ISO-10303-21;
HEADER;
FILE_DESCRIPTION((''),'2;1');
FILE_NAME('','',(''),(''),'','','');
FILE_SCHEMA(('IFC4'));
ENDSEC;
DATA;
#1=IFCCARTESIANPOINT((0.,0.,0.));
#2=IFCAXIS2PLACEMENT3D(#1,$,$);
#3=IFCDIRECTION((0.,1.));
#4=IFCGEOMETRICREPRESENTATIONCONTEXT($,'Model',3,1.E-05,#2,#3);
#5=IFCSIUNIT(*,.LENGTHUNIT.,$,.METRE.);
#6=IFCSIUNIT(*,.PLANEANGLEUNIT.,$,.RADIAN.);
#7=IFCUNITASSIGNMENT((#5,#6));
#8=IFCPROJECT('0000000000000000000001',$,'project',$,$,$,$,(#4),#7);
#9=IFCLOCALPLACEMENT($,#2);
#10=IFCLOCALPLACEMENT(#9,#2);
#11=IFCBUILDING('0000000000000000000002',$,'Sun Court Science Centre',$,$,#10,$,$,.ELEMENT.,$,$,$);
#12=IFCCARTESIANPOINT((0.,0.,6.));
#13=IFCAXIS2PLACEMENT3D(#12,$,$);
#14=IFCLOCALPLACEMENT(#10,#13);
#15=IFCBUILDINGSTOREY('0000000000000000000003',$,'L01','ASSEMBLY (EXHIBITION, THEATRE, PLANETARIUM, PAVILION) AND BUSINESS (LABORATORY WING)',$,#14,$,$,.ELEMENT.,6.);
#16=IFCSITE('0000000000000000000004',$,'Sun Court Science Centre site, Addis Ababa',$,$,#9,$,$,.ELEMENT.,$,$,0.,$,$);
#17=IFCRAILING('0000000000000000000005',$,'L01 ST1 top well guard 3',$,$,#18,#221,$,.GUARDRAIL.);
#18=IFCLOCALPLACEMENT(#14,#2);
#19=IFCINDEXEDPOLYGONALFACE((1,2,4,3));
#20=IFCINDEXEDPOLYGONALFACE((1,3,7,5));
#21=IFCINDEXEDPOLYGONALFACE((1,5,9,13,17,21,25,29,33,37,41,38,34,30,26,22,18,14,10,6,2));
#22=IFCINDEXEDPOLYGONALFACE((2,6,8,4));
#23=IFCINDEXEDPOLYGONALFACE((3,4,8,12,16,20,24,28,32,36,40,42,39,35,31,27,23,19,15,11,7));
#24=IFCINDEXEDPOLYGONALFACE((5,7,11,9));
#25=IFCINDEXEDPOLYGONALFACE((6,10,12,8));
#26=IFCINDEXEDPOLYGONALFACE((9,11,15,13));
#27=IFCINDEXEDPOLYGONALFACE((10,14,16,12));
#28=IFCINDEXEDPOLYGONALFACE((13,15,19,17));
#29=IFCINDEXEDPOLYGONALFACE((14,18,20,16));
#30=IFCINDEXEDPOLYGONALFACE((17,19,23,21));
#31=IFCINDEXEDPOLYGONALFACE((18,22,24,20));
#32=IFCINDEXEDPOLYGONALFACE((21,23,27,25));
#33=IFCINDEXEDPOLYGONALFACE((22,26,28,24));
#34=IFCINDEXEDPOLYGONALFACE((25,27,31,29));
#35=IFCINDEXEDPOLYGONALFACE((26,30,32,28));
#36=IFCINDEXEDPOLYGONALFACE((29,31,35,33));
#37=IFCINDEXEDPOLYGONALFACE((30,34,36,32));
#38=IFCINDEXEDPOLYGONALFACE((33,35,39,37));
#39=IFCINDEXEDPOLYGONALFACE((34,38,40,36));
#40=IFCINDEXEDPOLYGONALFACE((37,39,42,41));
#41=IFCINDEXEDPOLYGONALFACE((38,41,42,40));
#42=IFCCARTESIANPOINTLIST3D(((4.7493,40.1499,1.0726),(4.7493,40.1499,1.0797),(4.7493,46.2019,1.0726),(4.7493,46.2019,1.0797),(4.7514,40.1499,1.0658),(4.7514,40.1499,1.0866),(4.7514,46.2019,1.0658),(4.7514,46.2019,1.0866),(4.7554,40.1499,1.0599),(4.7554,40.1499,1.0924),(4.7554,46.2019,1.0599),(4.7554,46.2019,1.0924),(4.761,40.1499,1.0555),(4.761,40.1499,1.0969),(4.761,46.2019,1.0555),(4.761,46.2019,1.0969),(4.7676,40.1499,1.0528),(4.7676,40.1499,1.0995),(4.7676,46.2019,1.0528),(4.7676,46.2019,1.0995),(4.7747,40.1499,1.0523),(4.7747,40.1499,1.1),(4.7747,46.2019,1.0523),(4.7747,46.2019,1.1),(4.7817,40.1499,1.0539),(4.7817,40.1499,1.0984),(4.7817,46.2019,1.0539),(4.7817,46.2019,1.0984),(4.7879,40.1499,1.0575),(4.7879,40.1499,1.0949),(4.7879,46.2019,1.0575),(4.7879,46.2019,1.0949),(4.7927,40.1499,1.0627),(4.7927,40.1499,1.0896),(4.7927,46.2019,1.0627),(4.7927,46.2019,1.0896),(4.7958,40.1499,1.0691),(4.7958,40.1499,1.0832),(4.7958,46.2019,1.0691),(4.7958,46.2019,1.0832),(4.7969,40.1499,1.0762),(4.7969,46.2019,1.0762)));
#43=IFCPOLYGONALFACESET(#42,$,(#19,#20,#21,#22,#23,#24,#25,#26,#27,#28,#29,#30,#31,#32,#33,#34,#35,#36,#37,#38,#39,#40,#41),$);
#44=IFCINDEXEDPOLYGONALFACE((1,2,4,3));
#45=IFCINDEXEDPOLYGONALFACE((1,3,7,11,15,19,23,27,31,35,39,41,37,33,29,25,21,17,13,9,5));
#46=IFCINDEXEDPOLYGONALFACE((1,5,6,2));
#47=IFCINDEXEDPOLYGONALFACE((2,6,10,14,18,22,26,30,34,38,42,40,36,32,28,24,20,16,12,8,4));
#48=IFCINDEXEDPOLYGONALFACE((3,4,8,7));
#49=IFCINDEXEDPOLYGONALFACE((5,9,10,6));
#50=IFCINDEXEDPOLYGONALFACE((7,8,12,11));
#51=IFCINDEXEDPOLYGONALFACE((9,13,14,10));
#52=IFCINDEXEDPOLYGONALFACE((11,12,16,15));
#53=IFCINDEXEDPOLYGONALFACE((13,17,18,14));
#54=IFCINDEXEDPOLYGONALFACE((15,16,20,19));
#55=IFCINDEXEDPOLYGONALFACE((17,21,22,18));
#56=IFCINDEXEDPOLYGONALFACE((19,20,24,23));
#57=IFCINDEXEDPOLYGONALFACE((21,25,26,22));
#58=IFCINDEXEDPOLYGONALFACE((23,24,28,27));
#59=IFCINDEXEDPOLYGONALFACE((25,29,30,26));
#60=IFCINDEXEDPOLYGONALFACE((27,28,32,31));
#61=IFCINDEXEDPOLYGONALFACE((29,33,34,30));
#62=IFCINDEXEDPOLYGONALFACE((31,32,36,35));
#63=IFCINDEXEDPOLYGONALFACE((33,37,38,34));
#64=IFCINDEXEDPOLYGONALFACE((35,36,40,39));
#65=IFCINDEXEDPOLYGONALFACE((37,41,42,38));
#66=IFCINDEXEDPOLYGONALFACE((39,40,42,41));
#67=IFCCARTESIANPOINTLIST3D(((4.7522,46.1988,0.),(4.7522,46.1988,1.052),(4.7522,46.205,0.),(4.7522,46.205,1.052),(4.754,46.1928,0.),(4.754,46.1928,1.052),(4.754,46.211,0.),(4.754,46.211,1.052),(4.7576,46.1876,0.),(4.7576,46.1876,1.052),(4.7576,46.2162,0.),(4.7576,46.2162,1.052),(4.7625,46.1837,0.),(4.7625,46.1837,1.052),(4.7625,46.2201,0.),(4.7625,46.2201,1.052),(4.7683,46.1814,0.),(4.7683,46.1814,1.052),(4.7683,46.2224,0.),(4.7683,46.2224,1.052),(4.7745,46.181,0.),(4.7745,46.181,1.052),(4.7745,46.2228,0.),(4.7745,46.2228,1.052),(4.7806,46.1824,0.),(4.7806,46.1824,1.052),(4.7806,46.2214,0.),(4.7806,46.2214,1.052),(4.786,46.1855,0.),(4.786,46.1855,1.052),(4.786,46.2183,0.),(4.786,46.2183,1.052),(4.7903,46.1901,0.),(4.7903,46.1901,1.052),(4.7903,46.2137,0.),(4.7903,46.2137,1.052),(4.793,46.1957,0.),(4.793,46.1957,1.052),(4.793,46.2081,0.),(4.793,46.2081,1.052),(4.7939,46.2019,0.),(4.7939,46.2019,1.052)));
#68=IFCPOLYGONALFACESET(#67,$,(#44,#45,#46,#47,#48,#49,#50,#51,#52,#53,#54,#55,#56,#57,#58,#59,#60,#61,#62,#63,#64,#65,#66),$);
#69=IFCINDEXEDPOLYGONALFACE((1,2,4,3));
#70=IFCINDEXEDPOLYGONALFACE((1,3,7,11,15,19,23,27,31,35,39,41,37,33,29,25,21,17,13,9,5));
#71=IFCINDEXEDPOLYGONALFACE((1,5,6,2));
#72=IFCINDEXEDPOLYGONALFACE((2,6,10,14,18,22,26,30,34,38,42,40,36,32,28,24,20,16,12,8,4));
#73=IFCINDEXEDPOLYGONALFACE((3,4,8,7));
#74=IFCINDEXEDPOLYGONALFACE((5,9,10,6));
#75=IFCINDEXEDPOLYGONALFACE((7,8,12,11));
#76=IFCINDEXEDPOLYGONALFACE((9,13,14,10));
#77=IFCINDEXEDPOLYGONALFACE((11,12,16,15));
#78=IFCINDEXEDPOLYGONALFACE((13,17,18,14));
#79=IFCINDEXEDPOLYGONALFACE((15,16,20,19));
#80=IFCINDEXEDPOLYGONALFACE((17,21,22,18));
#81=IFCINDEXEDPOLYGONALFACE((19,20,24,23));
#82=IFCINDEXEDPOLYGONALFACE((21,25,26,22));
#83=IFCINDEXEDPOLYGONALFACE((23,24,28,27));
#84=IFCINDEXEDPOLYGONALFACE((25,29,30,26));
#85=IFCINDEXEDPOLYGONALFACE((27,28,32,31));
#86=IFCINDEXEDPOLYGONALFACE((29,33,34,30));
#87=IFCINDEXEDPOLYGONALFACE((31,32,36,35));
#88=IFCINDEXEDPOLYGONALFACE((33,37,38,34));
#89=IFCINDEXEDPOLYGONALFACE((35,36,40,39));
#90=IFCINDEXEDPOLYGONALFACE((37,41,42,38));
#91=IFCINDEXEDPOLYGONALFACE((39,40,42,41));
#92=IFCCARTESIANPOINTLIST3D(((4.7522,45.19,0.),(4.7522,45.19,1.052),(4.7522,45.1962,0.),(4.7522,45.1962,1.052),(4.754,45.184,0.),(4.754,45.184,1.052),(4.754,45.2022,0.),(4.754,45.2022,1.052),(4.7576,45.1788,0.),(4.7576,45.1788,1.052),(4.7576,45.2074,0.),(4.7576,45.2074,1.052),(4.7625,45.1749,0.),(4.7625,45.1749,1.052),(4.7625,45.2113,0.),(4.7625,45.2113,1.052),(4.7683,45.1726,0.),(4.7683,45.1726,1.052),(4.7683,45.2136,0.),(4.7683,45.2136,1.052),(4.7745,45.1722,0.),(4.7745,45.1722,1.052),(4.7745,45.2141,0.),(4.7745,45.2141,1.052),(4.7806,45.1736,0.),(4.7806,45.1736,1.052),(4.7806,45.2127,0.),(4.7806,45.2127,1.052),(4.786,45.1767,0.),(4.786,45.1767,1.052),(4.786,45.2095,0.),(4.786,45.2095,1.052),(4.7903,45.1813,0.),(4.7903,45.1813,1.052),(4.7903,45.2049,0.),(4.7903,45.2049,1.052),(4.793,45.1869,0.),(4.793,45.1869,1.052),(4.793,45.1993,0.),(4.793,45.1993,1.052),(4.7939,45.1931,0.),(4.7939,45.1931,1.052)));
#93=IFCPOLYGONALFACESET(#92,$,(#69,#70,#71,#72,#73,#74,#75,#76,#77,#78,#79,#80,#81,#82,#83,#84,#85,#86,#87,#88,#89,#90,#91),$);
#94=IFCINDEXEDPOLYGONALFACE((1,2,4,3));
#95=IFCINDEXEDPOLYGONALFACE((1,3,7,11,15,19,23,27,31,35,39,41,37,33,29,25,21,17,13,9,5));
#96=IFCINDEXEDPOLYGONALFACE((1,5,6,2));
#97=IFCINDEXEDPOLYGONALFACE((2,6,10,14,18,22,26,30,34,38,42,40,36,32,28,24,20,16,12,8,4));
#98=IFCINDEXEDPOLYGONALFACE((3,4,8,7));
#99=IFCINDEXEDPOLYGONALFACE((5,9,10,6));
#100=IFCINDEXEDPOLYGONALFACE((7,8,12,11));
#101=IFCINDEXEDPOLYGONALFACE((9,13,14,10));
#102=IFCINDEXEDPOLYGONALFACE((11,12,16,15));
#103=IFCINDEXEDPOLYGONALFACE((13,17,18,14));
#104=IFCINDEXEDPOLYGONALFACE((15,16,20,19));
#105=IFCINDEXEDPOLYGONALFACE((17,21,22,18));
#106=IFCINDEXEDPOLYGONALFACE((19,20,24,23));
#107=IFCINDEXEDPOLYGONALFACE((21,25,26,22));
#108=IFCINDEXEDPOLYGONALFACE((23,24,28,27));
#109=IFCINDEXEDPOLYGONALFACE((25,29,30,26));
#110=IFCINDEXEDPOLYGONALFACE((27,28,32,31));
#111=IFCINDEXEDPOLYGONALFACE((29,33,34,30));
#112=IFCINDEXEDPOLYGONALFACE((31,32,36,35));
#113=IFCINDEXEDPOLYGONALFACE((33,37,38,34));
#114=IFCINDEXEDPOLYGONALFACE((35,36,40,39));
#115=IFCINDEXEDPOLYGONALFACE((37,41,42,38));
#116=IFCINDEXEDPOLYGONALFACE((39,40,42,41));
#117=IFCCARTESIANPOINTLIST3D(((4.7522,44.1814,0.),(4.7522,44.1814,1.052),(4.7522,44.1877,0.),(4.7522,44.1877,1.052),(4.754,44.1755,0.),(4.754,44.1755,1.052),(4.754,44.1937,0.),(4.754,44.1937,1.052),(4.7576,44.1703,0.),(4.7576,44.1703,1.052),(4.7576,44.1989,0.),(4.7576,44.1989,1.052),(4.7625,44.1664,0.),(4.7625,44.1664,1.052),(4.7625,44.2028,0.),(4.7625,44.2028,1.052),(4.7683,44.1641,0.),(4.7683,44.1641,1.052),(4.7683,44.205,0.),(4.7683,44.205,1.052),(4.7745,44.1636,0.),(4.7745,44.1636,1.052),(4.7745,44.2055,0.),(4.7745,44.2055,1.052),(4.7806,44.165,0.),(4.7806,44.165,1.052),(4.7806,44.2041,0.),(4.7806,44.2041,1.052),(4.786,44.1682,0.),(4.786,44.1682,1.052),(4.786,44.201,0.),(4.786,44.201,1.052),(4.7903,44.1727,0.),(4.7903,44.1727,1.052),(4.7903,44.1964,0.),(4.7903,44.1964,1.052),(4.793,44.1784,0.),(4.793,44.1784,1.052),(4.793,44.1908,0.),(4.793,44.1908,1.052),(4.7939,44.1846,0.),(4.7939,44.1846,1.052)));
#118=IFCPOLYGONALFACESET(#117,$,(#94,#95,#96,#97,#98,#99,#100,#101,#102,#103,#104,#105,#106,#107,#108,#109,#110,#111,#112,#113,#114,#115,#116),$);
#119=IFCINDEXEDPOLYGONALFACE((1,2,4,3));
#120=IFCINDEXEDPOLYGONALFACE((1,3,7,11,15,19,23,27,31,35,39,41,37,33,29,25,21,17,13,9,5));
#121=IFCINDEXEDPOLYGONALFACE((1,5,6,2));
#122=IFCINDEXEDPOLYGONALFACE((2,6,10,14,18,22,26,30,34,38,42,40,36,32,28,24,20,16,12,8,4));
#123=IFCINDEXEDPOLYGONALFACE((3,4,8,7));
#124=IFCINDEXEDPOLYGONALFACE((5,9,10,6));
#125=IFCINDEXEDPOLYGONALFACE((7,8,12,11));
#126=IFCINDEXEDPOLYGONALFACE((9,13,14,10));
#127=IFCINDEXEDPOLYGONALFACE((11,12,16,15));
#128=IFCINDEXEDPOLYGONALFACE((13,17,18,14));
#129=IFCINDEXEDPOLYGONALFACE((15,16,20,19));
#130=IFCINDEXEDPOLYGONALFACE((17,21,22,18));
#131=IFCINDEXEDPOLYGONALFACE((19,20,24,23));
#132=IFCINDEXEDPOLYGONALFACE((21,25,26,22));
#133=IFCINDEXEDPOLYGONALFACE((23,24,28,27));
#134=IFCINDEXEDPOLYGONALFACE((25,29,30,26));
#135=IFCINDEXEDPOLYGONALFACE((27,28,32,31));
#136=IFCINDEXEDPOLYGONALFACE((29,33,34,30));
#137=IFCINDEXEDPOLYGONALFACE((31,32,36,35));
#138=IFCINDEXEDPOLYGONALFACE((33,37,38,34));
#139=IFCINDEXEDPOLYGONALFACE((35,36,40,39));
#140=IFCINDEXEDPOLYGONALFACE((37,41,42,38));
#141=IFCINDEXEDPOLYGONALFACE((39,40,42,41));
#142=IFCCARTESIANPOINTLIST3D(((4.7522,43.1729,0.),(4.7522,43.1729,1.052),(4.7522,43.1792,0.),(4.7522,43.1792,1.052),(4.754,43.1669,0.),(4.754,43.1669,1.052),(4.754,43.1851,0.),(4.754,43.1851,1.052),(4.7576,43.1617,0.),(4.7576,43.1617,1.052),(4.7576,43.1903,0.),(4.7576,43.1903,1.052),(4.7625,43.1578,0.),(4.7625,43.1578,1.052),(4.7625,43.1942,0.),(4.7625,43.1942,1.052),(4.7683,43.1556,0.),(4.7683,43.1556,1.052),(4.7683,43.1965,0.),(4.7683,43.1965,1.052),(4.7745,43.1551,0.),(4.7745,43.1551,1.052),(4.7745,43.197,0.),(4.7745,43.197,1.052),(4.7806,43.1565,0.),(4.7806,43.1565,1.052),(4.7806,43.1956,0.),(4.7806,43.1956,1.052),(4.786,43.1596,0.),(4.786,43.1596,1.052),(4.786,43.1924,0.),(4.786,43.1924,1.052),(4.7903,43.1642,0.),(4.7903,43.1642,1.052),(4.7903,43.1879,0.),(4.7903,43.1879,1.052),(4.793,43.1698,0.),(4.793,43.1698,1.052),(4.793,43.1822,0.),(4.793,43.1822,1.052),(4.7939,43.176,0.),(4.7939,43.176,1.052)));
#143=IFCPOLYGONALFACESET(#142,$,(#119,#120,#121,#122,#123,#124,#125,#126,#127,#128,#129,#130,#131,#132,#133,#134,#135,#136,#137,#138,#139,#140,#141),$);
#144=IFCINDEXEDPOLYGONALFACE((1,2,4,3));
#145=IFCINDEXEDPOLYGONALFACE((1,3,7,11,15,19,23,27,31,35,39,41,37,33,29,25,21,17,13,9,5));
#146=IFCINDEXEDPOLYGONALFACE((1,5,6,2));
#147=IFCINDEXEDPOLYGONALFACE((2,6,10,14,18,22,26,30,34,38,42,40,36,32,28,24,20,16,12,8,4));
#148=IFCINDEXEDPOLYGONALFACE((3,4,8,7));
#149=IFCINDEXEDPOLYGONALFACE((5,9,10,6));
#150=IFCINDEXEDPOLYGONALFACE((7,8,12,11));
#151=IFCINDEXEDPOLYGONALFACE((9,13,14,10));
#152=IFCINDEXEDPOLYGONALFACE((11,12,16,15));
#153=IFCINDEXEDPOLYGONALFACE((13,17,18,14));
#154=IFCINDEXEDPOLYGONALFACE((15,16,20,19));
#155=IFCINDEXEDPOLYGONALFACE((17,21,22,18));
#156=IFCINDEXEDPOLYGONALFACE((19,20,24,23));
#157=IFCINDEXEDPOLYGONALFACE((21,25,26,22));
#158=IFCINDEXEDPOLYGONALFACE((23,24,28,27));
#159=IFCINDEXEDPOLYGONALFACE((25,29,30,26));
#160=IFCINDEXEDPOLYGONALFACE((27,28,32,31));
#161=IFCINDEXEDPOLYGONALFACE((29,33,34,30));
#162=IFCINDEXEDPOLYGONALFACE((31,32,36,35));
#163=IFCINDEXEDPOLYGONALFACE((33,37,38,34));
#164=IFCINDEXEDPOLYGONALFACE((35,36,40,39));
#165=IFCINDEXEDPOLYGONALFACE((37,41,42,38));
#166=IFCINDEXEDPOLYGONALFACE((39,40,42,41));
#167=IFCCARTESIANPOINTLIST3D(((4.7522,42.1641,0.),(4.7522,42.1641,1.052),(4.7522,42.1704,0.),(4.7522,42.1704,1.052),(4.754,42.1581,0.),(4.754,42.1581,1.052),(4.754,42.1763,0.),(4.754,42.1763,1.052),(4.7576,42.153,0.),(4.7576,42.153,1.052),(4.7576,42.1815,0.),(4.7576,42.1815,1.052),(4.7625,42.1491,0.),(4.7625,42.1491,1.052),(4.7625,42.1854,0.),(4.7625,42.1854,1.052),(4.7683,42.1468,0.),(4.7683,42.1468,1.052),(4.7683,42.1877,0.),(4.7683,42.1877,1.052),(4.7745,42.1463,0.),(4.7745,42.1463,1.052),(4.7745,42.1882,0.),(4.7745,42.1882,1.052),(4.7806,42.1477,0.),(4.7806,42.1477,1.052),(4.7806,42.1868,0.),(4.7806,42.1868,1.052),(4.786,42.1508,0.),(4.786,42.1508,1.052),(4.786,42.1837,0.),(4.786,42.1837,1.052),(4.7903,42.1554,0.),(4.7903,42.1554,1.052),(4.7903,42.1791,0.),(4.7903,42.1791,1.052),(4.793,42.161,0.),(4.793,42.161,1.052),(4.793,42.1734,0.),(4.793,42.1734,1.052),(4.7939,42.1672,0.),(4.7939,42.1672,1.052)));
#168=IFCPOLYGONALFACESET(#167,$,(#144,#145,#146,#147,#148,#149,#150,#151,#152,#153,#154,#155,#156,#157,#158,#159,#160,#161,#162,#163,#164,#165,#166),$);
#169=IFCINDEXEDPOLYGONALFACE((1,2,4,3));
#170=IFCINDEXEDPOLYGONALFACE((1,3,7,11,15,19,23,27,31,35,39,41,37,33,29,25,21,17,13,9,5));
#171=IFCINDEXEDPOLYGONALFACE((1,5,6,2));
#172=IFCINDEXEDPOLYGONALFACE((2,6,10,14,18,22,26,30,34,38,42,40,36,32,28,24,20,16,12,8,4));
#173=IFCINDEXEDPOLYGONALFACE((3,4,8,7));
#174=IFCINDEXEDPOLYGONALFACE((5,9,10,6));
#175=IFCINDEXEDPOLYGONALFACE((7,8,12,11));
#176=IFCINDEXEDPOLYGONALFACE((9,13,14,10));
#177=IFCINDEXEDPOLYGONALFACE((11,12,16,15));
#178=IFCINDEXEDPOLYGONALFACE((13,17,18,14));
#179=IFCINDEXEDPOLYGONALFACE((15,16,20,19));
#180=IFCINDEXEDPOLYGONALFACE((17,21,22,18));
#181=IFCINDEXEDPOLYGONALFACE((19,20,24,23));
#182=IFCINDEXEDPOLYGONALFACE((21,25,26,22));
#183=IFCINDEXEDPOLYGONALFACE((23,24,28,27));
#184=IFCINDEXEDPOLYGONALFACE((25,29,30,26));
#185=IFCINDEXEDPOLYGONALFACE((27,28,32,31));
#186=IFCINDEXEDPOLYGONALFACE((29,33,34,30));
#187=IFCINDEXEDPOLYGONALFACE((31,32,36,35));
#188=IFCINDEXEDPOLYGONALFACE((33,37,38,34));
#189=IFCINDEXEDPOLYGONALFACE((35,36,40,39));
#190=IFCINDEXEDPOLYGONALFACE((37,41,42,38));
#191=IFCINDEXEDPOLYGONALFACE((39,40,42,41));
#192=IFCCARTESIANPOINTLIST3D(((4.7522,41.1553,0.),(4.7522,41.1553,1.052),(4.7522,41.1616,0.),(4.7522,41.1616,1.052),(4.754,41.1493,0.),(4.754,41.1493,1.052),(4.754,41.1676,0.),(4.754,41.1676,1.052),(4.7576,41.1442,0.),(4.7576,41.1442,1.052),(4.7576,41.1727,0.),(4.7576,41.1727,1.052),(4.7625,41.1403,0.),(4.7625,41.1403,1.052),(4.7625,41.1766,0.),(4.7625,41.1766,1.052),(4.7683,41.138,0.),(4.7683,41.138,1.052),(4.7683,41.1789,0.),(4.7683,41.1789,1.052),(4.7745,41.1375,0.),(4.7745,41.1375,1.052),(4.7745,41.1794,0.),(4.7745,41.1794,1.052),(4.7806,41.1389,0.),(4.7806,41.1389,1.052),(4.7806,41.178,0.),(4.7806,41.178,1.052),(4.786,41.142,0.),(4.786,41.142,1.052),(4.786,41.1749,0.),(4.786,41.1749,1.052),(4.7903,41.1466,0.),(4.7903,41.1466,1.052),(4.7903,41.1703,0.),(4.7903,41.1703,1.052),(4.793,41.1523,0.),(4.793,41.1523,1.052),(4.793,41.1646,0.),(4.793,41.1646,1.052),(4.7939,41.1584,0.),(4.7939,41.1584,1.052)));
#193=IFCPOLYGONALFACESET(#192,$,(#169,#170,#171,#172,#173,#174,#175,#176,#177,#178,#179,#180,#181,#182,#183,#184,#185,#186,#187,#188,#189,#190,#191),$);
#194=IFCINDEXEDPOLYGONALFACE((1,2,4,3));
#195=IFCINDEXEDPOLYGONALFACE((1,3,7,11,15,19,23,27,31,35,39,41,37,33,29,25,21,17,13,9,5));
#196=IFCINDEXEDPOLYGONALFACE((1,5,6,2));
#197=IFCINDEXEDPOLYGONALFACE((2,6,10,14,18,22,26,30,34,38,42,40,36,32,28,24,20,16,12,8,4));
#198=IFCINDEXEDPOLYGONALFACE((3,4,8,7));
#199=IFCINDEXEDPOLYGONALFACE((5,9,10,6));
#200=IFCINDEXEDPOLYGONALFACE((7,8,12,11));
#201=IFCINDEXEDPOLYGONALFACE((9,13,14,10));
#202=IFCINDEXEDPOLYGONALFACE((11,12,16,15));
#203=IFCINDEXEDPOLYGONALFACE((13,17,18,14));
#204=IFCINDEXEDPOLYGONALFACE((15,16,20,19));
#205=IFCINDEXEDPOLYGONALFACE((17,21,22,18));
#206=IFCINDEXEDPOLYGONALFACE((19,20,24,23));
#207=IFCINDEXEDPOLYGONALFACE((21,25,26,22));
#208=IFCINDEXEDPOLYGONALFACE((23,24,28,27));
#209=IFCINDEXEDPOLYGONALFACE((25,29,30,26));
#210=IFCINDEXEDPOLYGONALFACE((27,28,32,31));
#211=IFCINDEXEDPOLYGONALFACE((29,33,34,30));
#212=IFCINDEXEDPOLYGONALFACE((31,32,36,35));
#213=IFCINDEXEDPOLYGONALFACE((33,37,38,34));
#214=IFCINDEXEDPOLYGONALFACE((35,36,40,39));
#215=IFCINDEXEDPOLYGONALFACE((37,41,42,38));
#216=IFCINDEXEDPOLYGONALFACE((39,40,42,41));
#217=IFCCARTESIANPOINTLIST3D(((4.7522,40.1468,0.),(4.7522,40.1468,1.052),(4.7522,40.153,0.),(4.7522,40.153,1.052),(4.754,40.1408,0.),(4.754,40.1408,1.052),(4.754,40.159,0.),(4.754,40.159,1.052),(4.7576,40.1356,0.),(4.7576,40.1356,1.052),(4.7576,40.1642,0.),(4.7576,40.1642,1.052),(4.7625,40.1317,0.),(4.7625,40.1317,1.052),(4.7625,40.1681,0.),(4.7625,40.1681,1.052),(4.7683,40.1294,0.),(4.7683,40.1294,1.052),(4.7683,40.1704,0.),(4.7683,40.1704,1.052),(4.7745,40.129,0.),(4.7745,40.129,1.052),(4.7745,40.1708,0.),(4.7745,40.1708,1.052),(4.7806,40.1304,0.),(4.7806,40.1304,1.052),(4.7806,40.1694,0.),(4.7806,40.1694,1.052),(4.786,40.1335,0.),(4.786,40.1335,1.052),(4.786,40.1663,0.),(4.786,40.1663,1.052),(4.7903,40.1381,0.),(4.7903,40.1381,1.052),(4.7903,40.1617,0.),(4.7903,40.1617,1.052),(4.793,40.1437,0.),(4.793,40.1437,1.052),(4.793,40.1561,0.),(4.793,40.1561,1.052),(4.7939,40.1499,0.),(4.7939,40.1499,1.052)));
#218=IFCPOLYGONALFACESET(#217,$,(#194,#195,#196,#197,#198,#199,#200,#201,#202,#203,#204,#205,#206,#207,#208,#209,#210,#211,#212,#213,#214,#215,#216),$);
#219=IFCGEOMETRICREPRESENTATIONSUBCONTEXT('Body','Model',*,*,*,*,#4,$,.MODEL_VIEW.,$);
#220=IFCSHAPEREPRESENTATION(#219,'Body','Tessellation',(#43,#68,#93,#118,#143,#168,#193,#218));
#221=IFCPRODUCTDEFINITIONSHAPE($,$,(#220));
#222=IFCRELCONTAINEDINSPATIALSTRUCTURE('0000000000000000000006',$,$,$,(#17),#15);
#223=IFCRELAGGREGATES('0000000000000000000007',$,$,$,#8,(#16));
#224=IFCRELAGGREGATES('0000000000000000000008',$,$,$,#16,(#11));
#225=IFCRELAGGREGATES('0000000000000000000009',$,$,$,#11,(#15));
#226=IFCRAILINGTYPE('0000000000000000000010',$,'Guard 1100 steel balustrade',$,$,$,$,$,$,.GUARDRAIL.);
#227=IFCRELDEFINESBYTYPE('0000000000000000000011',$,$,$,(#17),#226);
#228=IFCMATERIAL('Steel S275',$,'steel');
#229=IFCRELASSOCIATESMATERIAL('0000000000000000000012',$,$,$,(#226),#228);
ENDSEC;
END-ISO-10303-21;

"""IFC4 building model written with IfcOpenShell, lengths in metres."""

from ifc_helpers import new_model, si_unit, direction, frame, origin, origin_2d, place, context, subcontext, project, spatial, circle, extrude, material, type_object, element, save


model = new_model("IFC4")

# Units and contexts
model_context = context("Model", 3, precision=1e-05, world=origin(), true_north=direction((0.0, 1.0)))
body_context = subcontext(model_context, "Body", "Model", "MODEL_VIEW")
ifc_project = project(units=[si_unit("LENGTHUNIT", "METRE"), si_unit("PLANEANGLEUNIT", "RADIAN")], contexts=[model_context])

# Site, building, storey
site_placement = place(None, origin())
site = spatial("IfcSite", under=ifc_project, at=site_placement, Name="Sun Court Science Centre site, Addis Ababa", CompositionType="ELEMENT", RefElevation=0.0)
building_placement = place(site_placement, origin())
building = spatial("IfcBuilding", under=site, at=building_placement, Name="Sun Court Science Centre", CompositionType="ELEMENT")
storey_placement = place(building_placement, frame((0.0, 0.0, 6.0)))
storey = spatial("IfcBuildingStorey", under=building, at=storey_placement, Name="L01", Description="ASSEMBLY (EXHIBITION, THEATRE, PLANETARIUM, PAVILION) AND BUSINESS (LABORATORY WING)", CompositionType="ELEMENT", Elevation=6.0)

# Railing
ifc_material_1 = material(Name="Steel S275", Category="steel")
railing_type = type_object("IfcRailingType", Name="Guard 1100 steel balustrade", PredefinedType="GUARDRAIL", material=ifc_material_1)
railing_1_placement = place(storey_placement, frame((4.7729, 46.2019, 0.0)))
element("IfcRailing", 1, at=railing_1_placement, inside=storey, type_object=railing_type, Name="L01 ST1 top well guard 3", PredefinedType="GUARDRAIL", context=body_context, shape_type="SweptSolid", body=[
    extrude(circle(Radius=0.0239, at=origin_2d()), frame((0.0, 0.0, 1.0762), z_axis=(0.0, -1.0, 0.0), x_axis=(1.0, 0.0, 0.0)), (0.0, 0.0, 1.0), 6.052),
    extrude(circle(Radius=0.021, at=origin_2d()), origin(), (0.0, 0.0, 1.0), 1.052),
    extrude(circle(Radius=0.021, at=origin_2d()), frame((0.0, -1.0088, 0.0)), (0.0, 0.0, 1.0), 1.052),
    extrude(circle(Radius=0.021, at=origin_2d()), frame((0.0, -2.0173, 0.0)), (0.0, 0.0, 1.0), 1.052),
    extrude(circle(Radius=0.021, at=origin_2d()), frame((0.0, -3.0259, 0.0)), (0.0, 0.0, 1.0), 1.052),
    extrude(circle(Radius=0.021, at=origin_2d()), frame((0.0, -4.0347, 0.0)), (0.0, 0.0, 1.0), 1.052),
    extrude(circle(Radius=0.021, at=origin_2d()), frame((0.0, -5.0435, 0.0)), (0.0, 0.0, 1.0), 1.052),
    extrude(circle(Radius=0.021, at=origin_2d()), frame((0.0, -6.052, 0.0)), (0.0, 0.0, 1.0), 1.052),
])

save(model, "model.ifc")
